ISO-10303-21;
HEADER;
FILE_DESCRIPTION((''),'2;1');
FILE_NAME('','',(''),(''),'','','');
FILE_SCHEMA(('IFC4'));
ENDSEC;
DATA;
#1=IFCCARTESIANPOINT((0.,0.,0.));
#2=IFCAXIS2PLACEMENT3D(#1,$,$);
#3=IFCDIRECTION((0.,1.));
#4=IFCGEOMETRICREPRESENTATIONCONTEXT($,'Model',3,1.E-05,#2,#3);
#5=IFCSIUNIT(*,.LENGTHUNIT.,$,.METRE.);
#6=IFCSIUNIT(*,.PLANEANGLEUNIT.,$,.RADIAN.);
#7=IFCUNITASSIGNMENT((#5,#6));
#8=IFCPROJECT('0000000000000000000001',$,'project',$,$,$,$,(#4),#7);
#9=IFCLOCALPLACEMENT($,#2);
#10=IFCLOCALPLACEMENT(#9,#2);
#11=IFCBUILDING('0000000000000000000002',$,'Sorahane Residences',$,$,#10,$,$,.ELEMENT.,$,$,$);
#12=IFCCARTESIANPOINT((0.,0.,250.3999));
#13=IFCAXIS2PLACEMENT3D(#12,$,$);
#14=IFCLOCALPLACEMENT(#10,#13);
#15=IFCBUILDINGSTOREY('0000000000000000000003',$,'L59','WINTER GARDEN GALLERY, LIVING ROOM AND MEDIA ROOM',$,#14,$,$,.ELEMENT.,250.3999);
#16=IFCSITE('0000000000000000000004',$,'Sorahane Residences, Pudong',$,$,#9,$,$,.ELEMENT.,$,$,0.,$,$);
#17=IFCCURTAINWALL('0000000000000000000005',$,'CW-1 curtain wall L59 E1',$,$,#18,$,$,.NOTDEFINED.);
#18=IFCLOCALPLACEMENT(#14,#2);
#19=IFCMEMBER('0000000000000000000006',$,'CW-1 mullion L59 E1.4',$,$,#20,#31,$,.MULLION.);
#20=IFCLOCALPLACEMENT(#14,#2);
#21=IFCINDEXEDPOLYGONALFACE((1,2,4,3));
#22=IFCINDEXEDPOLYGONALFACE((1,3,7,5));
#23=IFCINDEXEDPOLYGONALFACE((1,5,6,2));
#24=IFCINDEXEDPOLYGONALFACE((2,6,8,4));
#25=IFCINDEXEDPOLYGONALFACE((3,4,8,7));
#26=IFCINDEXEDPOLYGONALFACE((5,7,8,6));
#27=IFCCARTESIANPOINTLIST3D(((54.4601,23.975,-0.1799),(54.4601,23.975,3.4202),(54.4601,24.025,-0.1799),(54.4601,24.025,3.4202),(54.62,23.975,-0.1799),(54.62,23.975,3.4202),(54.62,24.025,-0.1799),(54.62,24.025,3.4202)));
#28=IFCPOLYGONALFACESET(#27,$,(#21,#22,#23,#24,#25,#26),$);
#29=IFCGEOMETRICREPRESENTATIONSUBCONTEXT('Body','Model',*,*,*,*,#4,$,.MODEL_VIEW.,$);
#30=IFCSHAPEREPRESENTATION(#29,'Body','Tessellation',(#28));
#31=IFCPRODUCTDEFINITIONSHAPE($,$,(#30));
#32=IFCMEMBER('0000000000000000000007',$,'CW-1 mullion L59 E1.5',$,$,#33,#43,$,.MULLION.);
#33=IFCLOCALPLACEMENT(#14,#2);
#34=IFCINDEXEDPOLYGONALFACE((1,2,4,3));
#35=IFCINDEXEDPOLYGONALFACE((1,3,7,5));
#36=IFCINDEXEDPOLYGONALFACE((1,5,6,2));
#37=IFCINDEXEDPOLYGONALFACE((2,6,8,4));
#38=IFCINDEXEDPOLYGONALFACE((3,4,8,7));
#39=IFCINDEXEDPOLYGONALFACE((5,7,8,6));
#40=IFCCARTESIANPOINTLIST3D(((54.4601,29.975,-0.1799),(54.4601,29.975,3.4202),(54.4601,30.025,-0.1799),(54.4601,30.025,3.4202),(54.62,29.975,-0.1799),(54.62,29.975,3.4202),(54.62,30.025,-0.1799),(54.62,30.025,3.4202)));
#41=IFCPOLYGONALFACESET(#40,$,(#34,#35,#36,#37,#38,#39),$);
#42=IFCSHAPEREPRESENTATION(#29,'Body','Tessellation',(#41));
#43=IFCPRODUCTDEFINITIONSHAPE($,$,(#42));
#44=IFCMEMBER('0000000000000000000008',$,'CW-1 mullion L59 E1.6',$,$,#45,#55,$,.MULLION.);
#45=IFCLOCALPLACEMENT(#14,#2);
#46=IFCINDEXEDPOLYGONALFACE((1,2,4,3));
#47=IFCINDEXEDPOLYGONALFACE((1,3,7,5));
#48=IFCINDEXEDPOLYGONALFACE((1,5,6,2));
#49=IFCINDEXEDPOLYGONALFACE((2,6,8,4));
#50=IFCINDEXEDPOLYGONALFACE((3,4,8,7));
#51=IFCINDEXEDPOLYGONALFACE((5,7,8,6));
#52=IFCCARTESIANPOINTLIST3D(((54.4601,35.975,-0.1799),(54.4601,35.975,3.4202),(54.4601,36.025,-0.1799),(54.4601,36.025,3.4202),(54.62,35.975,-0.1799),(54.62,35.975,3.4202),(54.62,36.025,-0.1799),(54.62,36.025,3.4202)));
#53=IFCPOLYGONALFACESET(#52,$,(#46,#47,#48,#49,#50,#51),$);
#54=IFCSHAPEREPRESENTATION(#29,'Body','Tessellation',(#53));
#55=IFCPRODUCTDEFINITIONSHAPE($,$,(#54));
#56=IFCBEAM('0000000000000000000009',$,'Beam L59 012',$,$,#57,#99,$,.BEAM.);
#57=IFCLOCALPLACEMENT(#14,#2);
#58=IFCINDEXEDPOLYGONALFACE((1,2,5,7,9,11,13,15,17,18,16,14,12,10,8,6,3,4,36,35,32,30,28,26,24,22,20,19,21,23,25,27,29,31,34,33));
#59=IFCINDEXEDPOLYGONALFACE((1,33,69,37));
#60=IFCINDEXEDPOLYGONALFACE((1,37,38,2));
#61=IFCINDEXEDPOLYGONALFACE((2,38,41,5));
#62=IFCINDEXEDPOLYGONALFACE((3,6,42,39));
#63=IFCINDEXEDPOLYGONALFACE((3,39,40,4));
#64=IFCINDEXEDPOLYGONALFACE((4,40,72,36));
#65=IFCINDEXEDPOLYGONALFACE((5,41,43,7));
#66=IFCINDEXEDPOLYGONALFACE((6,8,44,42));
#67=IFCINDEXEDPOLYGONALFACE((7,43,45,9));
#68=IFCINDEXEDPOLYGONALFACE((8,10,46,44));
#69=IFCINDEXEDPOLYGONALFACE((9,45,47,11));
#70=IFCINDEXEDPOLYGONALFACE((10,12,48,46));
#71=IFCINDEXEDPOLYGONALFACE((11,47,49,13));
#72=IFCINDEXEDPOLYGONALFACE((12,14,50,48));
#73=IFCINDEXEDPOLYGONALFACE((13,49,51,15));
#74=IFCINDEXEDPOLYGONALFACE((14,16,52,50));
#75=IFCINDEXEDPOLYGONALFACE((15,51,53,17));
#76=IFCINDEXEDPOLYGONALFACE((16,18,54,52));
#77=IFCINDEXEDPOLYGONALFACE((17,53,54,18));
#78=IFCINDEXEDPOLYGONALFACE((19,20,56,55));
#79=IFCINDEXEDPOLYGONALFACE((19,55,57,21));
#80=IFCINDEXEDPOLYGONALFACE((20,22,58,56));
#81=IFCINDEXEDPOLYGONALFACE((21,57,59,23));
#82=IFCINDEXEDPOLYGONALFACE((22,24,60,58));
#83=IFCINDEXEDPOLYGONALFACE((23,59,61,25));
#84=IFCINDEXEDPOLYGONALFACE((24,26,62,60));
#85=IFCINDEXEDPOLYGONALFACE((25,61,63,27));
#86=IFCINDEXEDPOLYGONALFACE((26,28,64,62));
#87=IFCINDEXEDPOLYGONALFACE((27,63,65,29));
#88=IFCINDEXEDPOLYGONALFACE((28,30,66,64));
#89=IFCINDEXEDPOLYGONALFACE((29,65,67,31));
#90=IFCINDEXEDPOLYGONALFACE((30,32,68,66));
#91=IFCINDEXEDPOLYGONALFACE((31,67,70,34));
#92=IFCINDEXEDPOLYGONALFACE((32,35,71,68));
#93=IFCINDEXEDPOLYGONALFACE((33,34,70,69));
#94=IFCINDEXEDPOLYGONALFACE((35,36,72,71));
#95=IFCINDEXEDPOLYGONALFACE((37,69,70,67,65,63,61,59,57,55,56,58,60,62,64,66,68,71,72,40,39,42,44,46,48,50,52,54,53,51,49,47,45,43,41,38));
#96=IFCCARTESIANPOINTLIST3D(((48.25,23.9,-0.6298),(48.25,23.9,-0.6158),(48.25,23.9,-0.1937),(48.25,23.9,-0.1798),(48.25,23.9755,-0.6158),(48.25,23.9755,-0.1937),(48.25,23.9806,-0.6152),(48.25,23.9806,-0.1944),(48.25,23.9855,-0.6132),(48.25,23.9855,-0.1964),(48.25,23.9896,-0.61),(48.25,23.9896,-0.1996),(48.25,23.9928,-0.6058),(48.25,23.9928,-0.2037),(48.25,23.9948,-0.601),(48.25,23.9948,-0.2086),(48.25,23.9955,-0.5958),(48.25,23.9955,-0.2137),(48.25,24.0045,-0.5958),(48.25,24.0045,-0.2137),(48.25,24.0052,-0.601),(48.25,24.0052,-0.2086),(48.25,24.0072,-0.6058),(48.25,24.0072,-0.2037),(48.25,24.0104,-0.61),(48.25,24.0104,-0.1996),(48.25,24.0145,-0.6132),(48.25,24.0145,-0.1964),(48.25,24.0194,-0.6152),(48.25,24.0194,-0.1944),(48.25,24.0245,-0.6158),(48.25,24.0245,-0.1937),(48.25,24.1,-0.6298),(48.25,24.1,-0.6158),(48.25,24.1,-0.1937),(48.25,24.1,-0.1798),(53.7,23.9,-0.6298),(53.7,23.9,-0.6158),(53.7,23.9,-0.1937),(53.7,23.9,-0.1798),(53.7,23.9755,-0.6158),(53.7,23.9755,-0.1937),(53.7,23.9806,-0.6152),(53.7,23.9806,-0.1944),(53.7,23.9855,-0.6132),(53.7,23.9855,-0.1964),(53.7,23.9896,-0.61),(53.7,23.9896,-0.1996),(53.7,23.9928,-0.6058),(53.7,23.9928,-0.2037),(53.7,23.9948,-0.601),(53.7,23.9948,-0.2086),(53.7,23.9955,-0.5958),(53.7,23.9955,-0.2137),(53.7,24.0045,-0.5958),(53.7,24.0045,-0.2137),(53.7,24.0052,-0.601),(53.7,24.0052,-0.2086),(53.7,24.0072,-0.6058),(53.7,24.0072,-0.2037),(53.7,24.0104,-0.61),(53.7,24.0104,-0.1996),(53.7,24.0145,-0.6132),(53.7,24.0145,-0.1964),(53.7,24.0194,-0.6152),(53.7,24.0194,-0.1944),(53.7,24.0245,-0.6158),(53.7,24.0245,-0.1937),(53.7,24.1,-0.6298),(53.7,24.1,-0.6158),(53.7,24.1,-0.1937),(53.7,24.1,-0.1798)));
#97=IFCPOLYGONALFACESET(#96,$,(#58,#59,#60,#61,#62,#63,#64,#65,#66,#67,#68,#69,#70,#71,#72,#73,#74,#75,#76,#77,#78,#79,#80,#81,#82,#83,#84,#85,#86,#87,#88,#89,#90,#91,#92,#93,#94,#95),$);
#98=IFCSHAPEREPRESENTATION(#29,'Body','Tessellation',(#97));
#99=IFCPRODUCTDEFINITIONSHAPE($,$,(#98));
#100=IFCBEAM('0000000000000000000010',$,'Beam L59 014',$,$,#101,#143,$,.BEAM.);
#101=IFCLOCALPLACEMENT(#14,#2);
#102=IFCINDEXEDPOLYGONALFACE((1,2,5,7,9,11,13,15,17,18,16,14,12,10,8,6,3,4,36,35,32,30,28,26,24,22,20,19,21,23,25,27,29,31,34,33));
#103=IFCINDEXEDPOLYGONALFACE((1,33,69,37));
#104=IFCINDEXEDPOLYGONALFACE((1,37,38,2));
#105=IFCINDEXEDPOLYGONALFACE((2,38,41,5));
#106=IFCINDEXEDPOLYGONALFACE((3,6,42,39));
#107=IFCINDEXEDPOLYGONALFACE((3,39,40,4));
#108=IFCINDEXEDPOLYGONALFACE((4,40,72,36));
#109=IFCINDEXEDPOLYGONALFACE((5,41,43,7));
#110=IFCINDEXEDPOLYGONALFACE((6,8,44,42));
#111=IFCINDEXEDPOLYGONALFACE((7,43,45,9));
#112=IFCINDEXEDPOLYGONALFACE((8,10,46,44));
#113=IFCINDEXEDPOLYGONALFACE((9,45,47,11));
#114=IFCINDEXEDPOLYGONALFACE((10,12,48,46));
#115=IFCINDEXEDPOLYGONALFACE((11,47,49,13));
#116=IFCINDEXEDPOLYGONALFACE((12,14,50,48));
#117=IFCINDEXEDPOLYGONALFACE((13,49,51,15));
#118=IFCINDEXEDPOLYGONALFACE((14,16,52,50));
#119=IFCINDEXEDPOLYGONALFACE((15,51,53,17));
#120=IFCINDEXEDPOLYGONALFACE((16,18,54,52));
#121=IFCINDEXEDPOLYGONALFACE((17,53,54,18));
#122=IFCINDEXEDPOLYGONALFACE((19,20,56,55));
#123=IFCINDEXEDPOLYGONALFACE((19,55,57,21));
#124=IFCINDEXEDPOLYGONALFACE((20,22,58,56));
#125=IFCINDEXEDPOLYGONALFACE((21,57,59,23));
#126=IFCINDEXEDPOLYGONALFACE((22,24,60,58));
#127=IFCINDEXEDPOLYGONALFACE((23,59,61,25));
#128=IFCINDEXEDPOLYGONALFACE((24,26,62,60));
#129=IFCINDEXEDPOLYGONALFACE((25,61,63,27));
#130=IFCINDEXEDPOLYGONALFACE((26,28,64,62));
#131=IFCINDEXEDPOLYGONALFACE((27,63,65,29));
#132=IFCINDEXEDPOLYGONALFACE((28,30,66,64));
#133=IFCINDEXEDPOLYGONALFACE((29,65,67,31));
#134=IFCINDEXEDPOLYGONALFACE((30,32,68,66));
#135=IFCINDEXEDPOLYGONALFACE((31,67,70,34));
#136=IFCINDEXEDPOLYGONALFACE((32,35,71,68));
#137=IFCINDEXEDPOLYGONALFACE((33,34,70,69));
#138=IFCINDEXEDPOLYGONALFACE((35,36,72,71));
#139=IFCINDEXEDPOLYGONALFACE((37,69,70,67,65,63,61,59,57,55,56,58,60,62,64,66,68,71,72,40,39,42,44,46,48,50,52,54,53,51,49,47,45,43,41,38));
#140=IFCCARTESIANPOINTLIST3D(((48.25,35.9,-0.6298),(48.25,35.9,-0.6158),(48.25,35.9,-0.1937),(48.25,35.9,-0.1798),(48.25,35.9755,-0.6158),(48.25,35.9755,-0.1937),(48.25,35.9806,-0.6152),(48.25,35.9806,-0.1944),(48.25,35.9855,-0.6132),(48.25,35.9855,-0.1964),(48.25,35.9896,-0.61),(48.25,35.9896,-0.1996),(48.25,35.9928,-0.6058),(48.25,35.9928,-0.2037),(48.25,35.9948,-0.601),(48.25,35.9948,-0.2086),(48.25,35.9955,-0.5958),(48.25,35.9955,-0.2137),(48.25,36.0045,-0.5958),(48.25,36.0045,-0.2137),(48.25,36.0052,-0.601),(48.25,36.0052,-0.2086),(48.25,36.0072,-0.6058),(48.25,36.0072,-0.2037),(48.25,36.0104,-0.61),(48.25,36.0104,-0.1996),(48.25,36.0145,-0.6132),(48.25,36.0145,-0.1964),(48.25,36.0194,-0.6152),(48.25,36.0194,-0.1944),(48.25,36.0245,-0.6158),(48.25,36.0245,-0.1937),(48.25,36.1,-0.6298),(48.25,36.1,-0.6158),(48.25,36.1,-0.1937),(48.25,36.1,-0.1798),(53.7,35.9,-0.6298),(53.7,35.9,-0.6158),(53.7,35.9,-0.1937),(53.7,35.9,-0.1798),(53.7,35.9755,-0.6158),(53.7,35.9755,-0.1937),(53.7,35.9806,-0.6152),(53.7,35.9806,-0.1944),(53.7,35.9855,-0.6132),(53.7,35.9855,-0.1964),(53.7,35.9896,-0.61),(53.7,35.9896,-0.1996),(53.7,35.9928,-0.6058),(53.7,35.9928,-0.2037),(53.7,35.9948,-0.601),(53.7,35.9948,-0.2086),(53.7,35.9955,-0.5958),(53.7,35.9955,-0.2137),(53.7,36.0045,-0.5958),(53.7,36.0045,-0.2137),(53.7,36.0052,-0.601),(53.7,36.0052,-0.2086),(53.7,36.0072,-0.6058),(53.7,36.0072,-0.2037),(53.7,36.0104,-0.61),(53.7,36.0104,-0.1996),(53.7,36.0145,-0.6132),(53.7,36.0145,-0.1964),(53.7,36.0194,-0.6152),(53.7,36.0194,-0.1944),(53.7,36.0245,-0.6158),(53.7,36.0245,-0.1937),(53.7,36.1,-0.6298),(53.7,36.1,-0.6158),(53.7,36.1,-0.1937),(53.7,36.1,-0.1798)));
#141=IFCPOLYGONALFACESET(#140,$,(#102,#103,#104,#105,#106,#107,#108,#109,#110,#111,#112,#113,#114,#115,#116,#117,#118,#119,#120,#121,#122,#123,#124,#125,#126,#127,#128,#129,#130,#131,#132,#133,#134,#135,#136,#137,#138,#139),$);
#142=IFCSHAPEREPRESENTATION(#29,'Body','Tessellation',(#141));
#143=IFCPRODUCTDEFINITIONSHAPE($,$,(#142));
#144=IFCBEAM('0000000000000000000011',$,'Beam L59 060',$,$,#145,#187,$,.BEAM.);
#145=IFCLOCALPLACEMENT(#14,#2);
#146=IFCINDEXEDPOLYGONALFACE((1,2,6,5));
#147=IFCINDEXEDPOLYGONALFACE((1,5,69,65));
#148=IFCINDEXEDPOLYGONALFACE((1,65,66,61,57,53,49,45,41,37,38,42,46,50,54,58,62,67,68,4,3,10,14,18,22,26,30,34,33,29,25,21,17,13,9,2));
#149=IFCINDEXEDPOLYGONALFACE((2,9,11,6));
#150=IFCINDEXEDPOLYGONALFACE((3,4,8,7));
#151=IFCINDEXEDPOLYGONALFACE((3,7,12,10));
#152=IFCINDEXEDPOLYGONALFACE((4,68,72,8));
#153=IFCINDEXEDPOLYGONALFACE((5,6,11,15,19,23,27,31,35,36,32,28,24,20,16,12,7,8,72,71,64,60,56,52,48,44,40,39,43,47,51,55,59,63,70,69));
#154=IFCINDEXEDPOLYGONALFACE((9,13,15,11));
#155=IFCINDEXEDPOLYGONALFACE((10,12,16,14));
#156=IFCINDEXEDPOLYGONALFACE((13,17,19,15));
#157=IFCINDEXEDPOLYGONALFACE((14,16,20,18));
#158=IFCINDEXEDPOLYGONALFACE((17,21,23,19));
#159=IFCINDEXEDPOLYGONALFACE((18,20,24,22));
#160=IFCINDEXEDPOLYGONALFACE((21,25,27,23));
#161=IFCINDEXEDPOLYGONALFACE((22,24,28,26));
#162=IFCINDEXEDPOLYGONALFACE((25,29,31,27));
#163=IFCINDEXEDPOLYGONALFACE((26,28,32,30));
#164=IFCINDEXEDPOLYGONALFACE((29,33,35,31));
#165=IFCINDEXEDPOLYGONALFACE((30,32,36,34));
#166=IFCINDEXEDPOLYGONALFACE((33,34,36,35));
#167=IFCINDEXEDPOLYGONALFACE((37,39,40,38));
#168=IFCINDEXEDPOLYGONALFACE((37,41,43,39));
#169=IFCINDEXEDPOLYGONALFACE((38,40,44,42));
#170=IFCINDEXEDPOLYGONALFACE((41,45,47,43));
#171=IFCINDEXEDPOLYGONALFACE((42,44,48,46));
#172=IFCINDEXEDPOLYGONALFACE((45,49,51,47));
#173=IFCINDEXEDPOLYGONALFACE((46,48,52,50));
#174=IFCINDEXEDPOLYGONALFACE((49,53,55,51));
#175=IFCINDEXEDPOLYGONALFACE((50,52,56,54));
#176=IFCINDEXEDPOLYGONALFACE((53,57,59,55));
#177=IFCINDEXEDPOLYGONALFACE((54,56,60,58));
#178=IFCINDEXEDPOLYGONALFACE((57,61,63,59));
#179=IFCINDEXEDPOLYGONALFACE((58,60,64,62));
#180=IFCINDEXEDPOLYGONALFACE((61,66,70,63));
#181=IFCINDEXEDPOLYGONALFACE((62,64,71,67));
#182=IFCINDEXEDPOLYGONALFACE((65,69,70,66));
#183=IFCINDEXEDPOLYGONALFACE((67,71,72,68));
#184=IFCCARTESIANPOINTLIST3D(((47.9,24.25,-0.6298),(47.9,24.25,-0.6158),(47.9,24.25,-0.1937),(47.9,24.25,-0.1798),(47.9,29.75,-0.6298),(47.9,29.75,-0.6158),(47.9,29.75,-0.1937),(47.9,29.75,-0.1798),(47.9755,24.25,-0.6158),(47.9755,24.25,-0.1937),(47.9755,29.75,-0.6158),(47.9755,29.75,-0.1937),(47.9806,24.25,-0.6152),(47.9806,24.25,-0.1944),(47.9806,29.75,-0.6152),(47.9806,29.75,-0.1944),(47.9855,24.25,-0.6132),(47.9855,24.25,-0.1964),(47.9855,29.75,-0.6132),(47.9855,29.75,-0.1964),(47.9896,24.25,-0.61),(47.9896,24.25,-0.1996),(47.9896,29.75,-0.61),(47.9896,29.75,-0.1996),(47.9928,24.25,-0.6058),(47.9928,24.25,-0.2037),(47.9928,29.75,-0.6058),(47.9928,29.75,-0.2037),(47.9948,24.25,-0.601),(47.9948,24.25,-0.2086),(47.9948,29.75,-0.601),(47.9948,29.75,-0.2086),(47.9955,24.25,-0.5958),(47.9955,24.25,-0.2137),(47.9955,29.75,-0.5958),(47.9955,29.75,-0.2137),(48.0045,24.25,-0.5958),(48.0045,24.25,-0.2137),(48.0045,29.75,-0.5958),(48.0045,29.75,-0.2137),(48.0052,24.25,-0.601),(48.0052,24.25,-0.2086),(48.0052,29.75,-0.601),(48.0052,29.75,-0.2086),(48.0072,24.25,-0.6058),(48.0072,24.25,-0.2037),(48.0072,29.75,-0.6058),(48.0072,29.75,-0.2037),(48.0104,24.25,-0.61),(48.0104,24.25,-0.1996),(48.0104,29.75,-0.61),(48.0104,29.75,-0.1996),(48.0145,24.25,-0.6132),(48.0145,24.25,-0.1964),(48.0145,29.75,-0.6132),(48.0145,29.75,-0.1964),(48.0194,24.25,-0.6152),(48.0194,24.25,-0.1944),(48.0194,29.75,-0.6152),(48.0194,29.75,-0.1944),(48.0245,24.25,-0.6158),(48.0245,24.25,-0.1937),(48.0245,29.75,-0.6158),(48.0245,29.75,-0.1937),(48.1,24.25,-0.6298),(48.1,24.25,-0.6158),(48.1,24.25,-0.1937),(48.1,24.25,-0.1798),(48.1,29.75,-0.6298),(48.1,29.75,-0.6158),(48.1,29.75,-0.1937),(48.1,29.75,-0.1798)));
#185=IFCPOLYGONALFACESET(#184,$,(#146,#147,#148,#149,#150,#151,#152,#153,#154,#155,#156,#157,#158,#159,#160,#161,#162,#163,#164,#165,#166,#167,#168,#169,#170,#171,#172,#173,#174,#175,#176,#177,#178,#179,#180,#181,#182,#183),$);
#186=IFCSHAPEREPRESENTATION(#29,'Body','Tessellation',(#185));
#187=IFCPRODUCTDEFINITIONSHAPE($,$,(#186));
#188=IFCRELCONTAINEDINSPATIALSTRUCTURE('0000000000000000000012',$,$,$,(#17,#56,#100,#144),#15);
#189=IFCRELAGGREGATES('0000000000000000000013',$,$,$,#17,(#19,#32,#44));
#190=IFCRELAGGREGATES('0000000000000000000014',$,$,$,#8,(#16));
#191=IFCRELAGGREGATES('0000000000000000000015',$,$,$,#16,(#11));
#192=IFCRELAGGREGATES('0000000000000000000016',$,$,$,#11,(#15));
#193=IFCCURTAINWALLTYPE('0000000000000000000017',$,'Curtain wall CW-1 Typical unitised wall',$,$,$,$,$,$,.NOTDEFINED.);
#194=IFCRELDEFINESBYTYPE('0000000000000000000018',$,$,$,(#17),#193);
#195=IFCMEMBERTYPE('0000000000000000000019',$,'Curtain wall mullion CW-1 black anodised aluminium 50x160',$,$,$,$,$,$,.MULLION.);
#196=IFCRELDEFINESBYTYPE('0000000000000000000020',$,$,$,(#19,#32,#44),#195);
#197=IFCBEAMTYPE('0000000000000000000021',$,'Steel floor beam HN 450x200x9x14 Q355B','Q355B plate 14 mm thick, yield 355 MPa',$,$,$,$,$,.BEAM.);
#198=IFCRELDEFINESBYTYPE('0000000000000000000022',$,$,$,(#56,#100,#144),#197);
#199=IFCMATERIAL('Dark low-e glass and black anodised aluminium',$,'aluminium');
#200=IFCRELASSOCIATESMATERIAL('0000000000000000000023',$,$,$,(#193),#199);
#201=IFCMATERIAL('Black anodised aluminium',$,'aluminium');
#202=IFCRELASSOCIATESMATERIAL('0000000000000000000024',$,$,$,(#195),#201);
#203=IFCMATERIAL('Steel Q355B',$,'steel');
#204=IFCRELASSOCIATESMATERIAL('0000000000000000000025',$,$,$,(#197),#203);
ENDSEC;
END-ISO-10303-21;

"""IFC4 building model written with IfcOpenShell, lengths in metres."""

from ifc_helpers import new_model, si_unit, direction, frame, origin, origin_2d, place, context, subcontext, project, spatial, rectangle, i_section, extrude, material, material_profile, profile_set, type_object, element, aggregate, save


model = new_model("IFC4")

# Units and contexts
model_context = context("Model", 3, precision=1e-05, world=origin(), true_north=direction((0.0, 1.0)))
body_context = subcontext(model_context, "Body", "Model", "MODEL_VIEW")
ifc_project = project(units=[si_unit("LENGTHUNIT", "METRE"), si_unit("PLANEANGLEUNIT", "RADIAN")], contexts=[model_context])

# Site, building, storey
site_placement = place(None, origin())
site = spatial("IfcSite", under=ifc_project, at=site_placement, Name="Sorahane Residences, Pudong", CompositionType="ELEMENT", RefElevation=0.0)
building_placement = place(site_placement, origin())
building = spatial("IfcBuilding", under=site, at=building_placement, Name="Sorahane Residences", CompositionType="ELEMENT")
storey_placement = place(building_placement, frame((0.0, 0.0, 250.3999)))
storey = spatial("IfcBuildingStorey", under=building, at=storey_placement, Name="L59", Description="WINTER GARDEN GALLERY, LIVING ROOM AND MEDIA ROOM", CompositionType="ELEMENT", Elevation=250.3999)

# Curtain wall, members
ifc_material_1 = material(Name="Dark low-e glass and black anodised aluminium", Category="aluminium")
curtain_wall_type = type_object("IfcCurtainWallType", Name="Curtain wall CW-1 Typical unitised wall", PredefinedType="NOTDEFINED", material=ifc_material_1)
curtain_wall_placement = place(storey_placement, origin())
curtain_wall = element("IfcCurtainWall", 1, at=curtain_wall_placement, inside=storey, type_object=curtain_wall_type, Name="CW-1 curtain wall L59 E1", PredefinedType="NOTDEFINED")
ifc_material_2 = material(Name="Black anodised aluminium", Category="aluminium")
ifc_material_profile_1 = material_profile(ifc_material_2, rectangle(XDim=0.1599, YDim=0.05, at=origin_2d()), Name="Curtain wall mullion CW-1 black anodised aluminium 50x160")
ifc_profile_set_1 = profile_set([ifc_material_profile_1], Name="Black anodised aluminium")
member_type_1 = type_object("IfcMemberType", Name="Curtain wall mullion CW-1 black anodised aluminium 50x160", PredefinedType="MULLION", material=ifc_profile_set_1)
member_1_placement = place(storey_placement, frame((54.54, 24.0, -0.1799), z_axis=(0.0, 0.0, 1.0), x_axis=(1.0, 0.0, 0.0)))
member_1 = element("IfcMember", 2, at=member_1_placement, type_object=member_type_1, Name="CW-1 mullion L59 E1.4", PredefinedType="MULLION", context=body_context, shape_type="SweptSolid", body=[
    extrude(rectangle(XDim=0.1599, YDim=0.05, at=origin_2d()), origin(), (0.0, 0.0, 1.0), 3.6001),
])
member_2_placement = place(storey_placement, frame((54.54, 30.0, -0.1799), z_axis=(0.0, 0.0, 1.0), x_axis=(1.0, 0.0, 0.0)))
member_2 = element("IfcMember", 3, at=member_2_placement, type_object=member_type_1, Name="CW-1 mullion L59 E1.5", PredefinedType="MULLION", context=body_context, shape_type="SweptSolid", body=[
    extrude(rectangle(XDim=0.1599, YDim=0.05, at=origin_2d()), origin(), (0.0, 0.0, 1.0), 3.6001),
])
member_3_placement = place(storey_placement, frame((54.54, 36.0, -0.1799), z_axis=(0.0, 0.0, 1.0), x_axis=(1.0, 0.0, 0.0)))
member_3 = element("IfcMember", 4, at=member_3_placement, type_object=member_type_1, Name="CW-1 mullion L59 E1.6", PredefinedType="MULLION", context=body_context, shape_type="SweptSolid", body=[
    extrude(rectangle(XDim=0.1599, YDim=0.05, at=origin_2d()), origin(), (0.0, 0.0, 1.0), 3.6001),
])

# Beams
ifc_material_3 = material(Name="Steel Q355B", Category="steel")
ifc_material_profile_2 = material_profile(ifc_material_3, i_section(OverallWidth=0.2, OverallDepth=0.45, WebThickness=0.009, FlangeThickness=0.0139, FilletRadius=0.02, at=origin_2d()), Name="HN 450x200x9x14")
ifc_profile_set_2 = profile_set([ifc_material_profile_2], Name="Steel Q355B")
beam_type_1 = type_object("IfcBeamType", Name="Steel floor beam HN 450x200x9x14 Q355B", Description="Q355B plate 14 mm thick, yield 355 MPa", PredefinedType="BEAM", material=ifc_profile_set_2)
for number, where, z_axis, x_axis, name in (
    (5, (48.25, 24.0, -0.4048), (1.0, 0.0, 0.0), (0.0, 1.0, 0.0), "Beam L59 012"),
    (6, (48.25, 36.0, -0.4048), (1.0, 0.0, 0.0), (0.0, 1.0, 0.0), "Beam L59 014"),
):
    element("IfcBeam", number, at=place(storey_placement, frame(where, z_axis=z_axis, x_axis=x_axis)), inside=storey, type_object=beam_type_1, Name=name, PredefinedType="BEAM", context=body_context, shape_type="SweptSolid", body=[
        extrude(i_section(OverallWidth=0.2, OverallDepth=0.45, WebThickness=0.009, FlangeThickness=0.0139, FilletRadius=0.02, at=origin_2d()), origin(), (0.0, 0.0, 1.0), 5.45),
    ])
for number, where, z_axis, x_axis, name in (
    (7, (48.0, 24.25, -0.4048), (0.0, 1.0, 0.0), (-1.0, 0.0, 0.0), "Beam L59 060"),
):
    element("IfcBeam", number, at=place(storey_placement, frame(where, z_axis=z_axis, x_axis=x_axis)), inside=storey, type_object=beam_type_1, Name=name, PredefinedType="BEAM", context=body_context, shape_type="SweptSolid", body=[
        extrude(i_section(OverallWidth=0.2, OverallDepth=0.45, WebThickness=0.009, FlangeThickness=0.0139, FilletRadius=0.02, at=origin_2d()), origin(), (0.0, 0.0, 1.0), 5.5),
    ])

aggregate(curtain_wall, [member_1, member_2, member_3])

save(model, "model.ifc")
